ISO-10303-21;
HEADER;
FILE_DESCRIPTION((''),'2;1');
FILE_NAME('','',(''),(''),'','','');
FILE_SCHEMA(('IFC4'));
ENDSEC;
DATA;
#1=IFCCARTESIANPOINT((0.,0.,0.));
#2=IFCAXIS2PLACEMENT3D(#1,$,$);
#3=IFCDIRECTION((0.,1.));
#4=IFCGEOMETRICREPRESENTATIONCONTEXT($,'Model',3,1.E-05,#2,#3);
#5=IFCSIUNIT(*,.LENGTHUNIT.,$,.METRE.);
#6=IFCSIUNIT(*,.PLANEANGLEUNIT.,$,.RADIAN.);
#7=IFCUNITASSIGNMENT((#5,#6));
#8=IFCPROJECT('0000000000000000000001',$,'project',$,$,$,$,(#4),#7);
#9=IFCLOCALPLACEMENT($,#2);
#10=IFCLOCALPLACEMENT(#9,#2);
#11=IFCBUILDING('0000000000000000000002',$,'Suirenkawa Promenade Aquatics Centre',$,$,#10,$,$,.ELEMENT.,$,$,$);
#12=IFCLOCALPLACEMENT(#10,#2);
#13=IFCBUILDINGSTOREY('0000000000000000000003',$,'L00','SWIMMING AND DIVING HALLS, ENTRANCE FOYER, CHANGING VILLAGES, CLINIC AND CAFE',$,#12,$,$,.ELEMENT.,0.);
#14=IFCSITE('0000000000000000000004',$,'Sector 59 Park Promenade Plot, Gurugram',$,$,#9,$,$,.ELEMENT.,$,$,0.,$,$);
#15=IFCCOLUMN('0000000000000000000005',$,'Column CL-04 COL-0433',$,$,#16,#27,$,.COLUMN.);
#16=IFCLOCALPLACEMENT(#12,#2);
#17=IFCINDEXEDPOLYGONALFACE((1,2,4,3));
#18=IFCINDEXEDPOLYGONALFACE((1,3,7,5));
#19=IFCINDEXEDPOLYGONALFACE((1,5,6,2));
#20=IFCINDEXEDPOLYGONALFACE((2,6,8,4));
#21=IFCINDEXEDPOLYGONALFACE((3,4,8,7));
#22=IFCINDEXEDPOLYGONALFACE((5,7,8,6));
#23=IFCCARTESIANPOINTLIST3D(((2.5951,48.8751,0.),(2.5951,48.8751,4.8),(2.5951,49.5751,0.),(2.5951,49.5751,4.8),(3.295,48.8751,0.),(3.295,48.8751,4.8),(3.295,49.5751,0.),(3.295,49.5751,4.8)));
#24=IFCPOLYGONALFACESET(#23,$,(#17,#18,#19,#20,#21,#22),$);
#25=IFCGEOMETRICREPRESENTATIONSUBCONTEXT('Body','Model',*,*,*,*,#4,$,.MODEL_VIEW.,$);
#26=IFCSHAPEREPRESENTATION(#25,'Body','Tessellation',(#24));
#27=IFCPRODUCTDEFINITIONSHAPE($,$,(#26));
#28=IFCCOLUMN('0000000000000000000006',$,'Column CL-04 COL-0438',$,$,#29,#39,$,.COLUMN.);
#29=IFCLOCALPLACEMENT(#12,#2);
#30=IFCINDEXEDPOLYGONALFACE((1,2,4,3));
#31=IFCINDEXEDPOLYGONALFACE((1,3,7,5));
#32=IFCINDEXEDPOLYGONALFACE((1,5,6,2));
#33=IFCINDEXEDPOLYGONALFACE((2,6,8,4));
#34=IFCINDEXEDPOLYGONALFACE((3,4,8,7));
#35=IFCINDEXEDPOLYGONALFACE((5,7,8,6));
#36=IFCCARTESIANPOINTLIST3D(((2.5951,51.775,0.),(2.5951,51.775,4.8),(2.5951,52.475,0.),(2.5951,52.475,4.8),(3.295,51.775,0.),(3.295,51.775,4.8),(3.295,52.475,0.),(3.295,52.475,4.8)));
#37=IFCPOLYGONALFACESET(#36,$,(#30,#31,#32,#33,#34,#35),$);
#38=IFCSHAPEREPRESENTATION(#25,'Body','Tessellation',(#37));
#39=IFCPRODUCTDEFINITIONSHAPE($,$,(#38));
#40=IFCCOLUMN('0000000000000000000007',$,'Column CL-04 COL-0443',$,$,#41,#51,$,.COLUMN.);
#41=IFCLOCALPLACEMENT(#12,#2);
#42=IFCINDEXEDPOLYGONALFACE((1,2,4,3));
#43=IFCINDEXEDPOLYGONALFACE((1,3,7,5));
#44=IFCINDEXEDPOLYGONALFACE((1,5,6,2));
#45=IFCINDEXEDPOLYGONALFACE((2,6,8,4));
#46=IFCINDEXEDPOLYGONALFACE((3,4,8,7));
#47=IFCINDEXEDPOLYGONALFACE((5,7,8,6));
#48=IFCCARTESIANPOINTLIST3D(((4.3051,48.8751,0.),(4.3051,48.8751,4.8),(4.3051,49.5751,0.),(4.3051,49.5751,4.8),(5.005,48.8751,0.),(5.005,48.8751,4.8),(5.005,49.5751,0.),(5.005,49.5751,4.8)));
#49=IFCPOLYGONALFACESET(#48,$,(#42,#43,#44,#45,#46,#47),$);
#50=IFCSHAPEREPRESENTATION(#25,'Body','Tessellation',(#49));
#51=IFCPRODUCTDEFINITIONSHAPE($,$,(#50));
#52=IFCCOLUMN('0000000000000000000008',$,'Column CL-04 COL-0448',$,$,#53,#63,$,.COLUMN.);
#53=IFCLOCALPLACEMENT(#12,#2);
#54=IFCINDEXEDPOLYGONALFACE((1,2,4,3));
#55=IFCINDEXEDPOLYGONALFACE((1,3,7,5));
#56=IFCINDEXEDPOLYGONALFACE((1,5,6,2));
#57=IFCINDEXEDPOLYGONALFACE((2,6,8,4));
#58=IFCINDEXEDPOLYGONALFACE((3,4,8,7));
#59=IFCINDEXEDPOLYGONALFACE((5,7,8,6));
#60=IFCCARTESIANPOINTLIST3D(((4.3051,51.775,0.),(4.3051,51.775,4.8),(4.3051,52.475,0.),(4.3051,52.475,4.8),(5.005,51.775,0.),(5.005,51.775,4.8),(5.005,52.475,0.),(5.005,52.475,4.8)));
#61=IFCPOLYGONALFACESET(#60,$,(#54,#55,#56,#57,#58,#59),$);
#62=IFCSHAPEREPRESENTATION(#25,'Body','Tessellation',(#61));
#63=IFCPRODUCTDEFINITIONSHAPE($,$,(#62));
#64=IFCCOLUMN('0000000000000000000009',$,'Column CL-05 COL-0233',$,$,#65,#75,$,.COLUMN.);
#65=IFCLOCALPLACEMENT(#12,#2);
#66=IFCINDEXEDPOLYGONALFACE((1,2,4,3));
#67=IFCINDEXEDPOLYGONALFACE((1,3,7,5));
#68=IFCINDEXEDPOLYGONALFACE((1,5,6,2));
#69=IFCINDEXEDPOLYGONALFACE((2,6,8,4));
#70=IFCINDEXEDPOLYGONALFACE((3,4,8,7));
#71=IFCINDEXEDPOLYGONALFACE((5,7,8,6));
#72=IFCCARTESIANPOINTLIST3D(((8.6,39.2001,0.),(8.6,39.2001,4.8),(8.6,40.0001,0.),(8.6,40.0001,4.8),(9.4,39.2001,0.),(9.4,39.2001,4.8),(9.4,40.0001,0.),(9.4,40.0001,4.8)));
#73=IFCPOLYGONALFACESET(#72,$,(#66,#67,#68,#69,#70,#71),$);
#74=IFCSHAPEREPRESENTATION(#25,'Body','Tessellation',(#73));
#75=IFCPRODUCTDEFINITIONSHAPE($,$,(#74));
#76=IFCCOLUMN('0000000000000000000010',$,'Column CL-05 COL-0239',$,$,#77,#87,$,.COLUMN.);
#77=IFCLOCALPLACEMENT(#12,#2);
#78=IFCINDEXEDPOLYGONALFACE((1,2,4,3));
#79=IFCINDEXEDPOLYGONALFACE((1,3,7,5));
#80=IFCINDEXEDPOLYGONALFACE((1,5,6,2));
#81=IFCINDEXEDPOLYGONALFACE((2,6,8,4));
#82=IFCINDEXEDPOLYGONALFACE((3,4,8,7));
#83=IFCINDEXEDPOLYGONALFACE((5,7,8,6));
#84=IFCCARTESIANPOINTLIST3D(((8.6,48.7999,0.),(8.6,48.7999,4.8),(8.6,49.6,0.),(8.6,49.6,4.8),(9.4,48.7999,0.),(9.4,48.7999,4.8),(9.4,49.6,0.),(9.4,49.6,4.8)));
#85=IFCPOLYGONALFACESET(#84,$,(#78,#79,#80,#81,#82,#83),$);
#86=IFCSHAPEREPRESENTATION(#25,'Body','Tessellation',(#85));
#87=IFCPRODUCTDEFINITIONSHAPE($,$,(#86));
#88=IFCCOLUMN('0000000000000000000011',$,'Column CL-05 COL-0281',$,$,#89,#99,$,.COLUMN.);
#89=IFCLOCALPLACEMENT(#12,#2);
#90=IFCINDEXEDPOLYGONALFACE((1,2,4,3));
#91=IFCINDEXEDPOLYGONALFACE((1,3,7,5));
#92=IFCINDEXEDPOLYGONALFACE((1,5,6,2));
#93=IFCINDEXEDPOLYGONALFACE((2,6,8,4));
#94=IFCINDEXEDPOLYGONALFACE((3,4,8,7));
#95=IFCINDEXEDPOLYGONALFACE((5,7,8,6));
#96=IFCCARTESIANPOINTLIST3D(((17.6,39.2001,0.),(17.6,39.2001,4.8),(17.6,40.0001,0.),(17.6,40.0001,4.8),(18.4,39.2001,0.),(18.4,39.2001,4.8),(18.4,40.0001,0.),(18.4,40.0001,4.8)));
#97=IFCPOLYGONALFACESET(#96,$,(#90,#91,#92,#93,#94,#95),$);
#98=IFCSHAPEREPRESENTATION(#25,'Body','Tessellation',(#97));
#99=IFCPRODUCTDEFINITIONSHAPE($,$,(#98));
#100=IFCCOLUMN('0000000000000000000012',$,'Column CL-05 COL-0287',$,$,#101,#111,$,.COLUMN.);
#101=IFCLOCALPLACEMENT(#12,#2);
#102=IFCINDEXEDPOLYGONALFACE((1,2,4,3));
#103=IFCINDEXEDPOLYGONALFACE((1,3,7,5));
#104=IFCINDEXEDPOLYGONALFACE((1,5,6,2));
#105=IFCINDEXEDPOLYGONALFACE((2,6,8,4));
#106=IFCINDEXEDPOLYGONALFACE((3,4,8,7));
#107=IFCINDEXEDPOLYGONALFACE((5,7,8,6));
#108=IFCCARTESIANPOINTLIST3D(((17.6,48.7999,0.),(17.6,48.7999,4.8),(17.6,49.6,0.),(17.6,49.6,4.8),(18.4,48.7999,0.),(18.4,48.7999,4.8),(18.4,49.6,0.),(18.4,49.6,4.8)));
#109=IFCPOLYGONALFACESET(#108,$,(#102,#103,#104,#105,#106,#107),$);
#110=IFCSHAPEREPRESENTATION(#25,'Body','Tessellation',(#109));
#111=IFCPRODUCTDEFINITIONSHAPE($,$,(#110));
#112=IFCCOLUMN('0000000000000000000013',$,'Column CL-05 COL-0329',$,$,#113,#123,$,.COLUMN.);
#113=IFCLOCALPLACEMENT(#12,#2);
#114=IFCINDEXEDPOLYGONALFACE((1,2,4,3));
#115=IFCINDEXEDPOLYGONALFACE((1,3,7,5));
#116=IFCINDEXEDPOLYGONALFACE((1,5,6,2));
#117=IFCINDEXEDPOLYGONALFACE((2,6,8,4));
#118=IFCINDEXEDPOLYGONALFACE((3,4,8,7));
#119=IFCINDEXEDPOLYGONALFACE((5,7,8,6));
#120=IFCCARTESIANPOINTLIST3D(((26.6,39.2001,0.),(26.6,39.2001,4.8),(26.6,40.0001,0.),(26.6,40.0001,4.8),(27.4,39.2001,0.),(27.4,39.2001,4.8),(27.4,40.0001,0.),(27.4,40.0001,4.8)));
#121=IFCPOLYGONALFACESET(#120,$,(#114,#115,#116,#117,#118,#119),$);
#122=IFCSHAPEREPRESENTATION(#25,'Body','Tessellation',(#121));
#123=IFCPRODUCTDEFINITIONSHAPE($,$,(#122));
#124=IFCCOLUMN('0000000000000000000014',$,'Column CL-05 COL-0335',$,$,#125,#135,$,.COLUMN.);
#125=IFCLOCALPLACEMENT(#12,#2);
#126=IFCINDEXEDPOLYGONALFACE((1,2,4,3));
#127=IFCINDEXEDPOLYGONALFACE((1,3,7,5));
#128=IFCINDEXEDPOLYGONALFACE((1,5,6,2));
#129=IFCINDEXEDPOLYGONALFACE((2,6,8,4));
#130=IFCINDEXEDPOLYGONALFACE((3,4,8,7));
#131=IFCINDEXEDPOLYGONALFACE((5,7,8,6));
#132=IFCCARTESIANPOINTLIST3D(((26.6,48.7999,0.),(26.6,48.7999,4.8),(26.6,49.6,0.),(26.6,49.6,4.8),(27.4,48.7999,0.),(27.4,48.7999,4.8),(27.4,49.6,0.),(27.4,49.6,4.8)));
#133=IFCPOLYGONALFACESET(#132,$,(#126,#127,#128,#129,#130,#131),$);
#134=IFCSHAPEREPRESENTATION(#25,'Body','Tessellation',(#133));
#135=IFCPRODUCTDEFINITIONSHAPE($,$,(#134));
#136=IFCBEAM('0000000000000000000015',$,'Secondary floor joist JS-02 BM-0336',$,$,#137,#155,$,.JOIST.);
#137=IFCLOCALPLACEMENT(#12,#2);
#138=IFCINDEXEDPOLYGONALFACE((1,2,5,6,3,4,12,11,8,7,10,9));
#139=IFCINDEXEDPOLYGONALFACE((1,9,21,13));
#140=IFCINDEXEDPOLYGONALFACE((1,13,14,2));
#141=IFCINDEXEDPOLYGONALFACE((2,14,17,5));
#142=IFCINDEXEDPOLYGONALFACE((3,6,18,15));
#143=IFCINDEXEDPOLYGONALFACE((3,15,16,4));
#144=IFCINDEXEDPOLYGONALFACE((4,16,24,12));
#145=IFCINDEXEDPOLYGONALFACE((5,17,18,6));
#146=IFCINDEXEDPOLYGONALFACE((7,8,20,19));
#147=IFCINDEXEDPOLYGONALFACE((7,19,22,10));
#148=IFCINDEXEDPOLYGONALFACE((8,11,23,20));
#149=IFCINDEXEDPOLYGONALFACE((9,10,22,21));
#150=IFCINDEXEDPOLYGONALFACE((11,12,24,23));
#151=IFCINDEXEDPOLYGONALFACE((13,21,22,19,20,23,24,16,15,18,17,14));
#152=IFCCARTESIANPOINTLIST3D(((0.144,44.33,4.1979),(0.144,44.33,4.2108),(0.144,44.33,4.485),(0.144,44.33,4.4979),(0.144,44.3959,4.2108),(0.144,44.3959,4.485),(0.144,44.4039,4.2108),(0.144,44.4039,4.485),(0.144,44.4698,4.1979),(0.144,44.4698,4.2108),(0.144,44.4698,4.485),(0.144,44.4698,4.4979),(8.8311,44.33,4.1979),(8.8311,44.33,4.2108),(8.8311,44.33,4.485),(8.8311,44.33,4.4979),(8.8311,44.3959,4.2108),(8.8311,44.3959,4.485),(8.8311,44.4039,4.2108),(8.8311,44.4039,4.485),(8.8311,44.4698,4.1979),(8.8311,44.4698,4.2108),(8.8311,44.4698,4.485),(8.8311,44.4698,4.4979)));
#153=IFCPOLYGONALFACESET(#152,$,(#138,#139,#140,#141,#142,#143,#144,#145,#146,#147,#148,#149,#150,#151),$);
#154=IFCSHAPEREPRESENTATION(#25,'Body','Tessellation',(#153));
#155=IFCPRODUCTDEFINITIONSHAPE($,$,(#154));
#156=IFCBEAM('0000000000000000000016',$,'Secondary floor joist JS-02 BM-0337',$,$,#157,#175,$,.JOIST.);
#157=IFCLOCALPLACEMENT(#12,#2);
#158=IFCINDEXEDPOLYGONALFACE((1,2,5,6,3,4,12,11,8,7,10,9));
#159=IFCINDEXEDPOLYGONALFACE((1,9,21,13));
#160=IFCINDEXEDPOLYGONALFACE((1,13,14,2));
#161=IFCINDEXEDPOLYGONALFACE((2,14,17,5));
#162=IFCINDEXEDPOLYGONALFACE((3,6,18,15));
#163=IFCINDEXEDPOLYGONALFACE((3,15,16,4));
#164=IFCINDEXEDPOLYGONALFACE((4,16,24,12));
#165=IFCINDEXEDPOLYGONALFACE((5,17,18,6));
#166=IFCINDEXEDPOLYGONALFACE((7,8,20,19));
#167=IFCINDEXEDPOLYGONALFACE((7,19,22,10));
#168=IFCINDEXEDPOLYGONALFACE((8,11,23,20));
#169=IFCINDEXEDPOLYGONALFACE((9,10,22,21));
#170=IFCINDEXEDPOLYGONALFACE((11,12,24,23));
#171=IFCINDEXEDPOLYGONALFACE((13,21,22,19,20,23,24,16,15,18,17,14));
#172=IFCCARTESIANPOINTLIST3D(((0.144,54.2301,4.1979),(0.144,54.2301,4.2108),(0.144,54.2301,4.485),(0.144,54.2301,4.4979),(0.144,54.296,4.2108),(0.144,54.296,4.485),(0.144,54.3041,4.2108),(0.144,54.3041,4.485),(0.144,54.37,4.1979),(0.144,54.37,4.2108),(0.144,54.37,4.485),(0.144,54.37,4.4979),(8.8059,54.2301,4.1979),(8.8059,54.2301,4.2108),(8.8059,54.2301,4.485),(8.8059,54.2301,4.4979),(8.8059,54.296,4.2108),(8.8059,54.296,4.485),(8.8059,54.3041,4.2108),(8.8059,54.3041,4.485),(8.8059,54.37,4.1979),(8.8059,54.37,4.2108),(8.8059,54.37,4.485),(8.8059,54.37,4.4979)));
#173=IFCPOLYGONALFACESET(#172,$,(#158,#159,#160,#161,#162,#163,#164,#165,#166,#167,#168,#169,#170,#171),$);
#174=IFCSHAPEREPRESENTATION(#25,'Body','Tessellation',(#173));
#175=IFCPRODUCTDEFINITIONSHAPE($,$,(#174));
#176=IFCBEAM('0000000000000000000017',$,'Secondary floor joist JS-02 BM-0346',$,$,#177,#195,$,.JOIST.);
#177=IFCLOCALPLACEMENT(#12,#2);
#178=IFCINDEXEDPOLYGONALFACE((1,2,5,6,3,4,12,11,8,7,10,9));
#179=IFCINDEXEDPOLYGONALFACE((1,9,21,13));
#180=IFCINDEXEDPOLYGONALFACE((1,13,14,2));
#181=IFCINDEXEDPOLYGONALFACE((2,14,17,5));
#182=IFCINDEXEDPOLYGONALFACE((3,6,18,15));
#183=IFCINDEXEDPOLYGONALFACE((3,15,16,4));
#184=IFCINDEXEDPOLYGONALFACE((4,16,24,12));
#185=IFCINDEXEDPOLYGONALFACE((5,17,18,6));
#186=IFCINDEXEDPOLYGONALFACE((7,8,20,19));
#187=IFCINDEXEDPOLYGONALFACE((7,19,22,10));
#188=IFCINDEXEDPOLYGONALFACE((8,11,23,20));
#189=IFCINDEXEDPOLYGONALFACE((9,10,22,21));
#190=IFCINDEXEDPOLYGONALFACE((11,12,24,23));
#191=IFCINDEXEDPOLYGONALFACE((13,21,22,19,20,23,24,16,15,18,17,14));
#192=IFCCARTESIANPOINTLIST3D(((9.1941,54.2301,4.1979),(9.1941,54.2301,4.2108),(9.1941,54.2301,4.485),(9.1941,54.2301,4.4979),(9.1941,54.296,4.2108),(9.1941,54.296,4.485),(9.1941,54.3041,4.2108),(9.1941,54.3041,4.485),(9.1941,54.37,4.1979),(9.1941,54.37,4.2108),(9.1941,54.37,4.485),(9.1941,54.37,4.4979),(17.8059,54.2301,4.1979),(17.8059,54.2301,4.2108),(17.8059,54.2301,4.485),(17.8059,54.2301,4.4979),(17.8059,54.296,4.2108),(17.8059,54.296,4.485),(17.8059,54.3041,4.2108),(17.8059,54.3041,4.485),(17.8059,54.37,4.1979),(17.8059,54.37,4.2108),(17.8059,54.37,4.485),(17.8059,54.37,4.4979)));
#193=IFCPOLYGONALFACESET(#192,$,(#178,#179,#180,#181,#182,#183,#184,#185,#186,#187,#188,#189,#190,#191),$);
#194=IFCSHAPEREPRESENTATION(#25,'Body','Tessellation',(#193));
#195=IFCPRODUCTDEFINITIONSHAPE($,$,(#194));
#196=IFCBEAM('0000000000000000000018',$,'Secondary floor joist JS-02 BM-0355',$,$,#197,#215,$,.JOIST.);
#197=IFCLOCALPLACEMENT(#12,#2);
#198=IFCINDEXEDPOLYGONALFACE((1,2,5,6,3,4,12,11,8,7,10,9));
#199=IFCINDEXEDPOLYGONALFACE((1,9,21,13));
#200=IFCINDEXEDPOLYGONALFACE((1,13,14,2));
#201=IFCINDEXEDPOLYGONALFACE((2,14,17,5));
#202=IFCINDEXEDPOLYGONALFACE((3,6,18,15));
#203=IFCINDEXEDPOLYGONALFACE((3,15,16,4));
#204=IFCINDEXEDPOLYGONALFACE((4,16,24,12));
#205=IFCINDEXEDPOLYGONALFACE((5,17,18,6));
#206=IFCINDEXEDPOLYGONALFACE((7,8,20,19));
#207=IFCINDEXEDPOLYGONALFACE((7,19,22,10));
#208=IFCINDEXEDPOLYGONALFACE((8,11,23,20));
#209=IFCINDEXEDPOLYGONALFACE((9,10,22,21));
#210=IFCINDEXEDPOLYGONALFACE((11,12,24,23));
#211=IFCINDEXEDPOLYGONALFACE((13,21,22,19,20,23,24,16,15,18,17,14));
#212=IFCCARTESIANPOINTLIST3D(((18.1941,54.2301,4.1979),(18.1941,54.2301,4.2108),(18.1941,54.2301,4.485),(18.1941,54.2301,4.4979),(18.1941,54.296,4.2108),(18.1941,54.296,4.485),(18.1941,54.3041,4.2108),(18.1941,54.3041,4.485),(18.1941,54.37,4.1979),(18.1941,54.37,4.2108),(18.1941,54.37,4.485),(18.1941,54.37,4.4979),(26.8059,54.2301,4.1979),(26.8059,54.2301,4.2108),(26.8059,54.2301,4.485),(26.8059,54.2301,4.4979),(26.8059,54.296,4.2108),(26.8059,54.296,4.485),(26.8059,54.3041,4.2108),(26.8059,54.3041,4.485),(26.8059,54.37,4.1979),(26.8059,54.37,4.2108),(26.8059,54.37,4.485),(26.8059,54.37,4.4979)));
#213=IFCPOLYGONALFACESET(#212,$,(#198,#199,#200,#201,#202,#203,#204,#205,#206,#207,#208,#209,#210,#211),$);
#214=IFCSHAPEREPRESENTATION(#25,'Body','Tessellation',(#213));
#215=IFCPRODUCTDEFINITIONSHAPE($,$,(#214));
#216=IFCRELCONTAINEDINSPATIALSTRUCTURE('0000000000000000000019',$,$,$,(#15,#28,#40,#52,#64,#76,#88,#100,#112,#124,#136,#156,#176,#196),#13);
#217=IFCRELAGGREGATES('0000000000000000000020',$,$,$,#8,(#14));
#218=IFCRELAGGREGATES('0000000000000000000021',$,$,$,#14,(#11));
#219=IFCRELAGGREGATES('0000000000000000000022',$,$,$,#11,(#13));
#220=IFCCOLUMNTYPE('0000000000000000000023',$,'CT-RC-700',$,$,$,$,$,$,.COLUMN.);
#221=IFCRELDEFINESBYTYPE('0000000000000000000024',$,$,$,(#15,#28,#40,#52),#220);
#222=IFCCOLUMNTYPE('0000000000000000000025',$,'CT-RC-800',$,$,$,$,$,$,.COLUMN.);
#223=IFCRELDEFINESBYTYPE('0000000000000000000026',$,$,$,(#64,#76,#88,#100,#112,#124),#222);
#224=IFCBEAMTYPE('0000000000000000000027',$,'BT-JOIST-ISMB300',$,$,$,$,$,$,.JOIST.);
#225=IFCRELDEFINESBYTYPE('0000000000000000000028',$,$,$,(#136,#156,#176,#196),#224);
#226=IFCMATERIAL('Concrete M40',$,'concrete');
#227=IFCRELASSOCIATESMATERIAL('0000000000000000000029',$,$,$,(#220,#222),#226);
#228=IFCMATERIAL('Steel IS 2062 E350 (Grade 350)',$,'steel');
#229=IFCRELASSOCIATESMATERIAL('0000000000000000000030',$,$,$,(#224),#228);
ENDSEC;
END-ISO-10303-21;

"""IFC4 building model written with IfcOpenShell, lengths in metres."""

from ifc_helpers import new_model, si_unit, direction, frame, origin, origin_2d, place, context, subcontext, project, spatial, rectangle, i_section, extrude, material, material_profile, profile_set, type_object, element, save


model = new_model("IFC4")

# Units and contexts
model_context = context("Model", 3, precision=1e-05, world=origin(), true_north=direction((0.0, 1.0)))
body_context = subcontext(model_context, "Body", "Model", "MODEL_VIEW")
ifc_project = project(units=[si_unit("LENGTHUNIT", "METRE"), si_unit("PLANEANGLEUNIT", "RADIAN")], contexts=[model_context])

# Site, building, storey
site_placement = place(None, origin())
site = spatial("IfcSite", under=ifc_project, at=site_placement, Name="Sector 59 Park Promenade Plot, Gurugram", CompositionType="ELEMENT", RefElevation=0.0)
building_placement = place(site_placement, origin())
building = spatial("IfcBuilding", under=site, at=building_placement, Name="Suirenkawa Promenade Aquatics Centre", CompositionType="ELEMENT")
storey_placement = place(building_placement, origin())
storey = spatial("IfcBuildingStorey", under=building, at=storey_placement, Name="L00", Description="SWIMMING AND DIVING HALLS, ENTRANCE FOYER, CHANGING VILLAGES, CLINIC AND CAFE", CompositionType="ELEMENT", Elevation=0.0)

# Columns
ifc_material_1 = material(Name="Concrete M40", Category="concrete")
ifc_material_profile_1 = material_profile(ifc_material_1, rectangle(XDim=0.7, YDim=0.7, at=origin_2d()), Name="RC COL 700x700", Category="concrete")
ifc_profile_set_1 = profile_set([ifc_material_profile_1], Name="Concrete M40")
column_type_1 = type_object("IfcColumnType", Name="CT-RC-700", PredefinedType="COLUMN", material=ifc_profile_set_1)
for number, where, z_axis, x_axis, name in (
    (1, (2.9451, 49.2251, 0.0), (0.0, 0.0, 1.0), (1.0, 0.0, 0.0), "Column CL-04 COL-0433"),
    (2, (2.9451, 52.125, 0.0), (0.0, 0.0, 1.0), (1.0, 0.0, 0.0), "Column CL-04 COL-0438"),
    (3, (4.655, 49.2251, 0.0), (0.0, 0.0, 1.0), (1.0, 0.0, 0.0), "Column CL-04 COL-0443"),
    (4, (4.655, 52.125, 0.0), (0.0, 0.0, 1.0), (1.0, 0.0, 0.0), "Column CL-04 COL-0448"),
):
    element("IfcColumn", number, at=place(storey_placement, frame(where, z_axis=z_axis, x_axis=x_axis)), inside=storey, type_object=column_type_1, Name=name, PredefinedType="COLUMN", context=body_context, shape_type="SweptSolid", body=[
        extrude(rectangle(XDim=0.7, YDim=0.7, at=origin_2d()), origin(), (0.0, 0.0, 1.0), 4.8),
    ])
ifc_material_profile_2 = material_profile(ifc_material_1, rectangle(XDim=0.8, YDim=0.8, at=origin_2d()), Name="RC COL 800x800", Category="concrete")
ifc_profile_set_2 = profile_set([ifc_material_profile_2], Name="Concrete M40")
column_type_2 = type_object("IfcColumnType", Name="CT-RC-800", PredefinedType="COLUMN", material=ifc_profile_set_2)
for number, where, z_axis, x_axis, name in (
    (5, (9.0, 39.6001, 0.0), (0.0, 0.0, 1.0), (1.0, 0.0, 0.0), "Column CL-05 COL-0233"),
    (6, (9.0, 49.2, 0.0), (0.0, 0.0, 1.0), (1.0, 0.0, 0.0), "Column CL-05 COL-0239"),
    (7, (18.0, 39.6001, 0.0), (0.0, 0.0, 1.0), (1.0, 0.0, 0.0), "Column CL-05 COL-0281"),
    (8, (18.0, 49.2, 0.0), (0.0, 0.0, 1.0), (1.0, 0.0, 0.0), "Column CL-05 COL-0287"),
    (9, (27.0, 39.6001, 0.0), (0.0, 0.0, 1.0), (1.0, 0.0, 0.0), "Column CL-05 COL-0329"),
    (10, (27.0, 49.2, 0.0), (0.0, 0.0, 1.0), (1.0, 0.0, 0.0), "Column CL-05 COL-0335"),
):
    element("IfcColumn", number, at=place(storey_placement, frame(where, z_axis=z_axis, x_axis=x_axis)), inside=storey, type_object=column_type_2, Name=name, PredefinedType="COLUMN", context=body_context, shape_type="SweptSolid", body=[
        extrude(rectangle(XDim=0.8, YDim=0.8, at=origin_2d()), origin(), (0.0, 0.0, 1.0), 4.8),
    ])

# Beams
ifc_material_2 = material(Name="Steel IS 2062 E350 (Grade 350)", Category="steel")
ifc_material_profile_3 = material_profile(ifc_material_2, i_section(OverallWidth=0.1399, OverallDepth=0.3, WebThickness=0.0081, FlangeThickness=0.0129, at=origin_2d()), Name="ISMB 300", Category="steel")
ifc_profile_set_3 = profile_set([ifc_material_profile_3], Name="Steel IS 2062 E350 (Grade 350)")
beam_type_1 = type_object("IfcBeamType", Name="BT-JOIST-ISMB300", PredefinedType="JOIST", material=ifc_profile_set_3)
beam_1_placement = place(storey_placement, frame((0.144, 44.3999, 4.3479), z_axis=(1.0, 0.0, 0.0), x_axis=(0.0, 1.0, 0.0)))
element("IfcBeam", 11, at=beam_1_placement, inside=storey, type_object=beam_type_1, Name="Secondary floor joist JS-02 BM-0336", PredefinedType="JOIST", context=body_context, shape_type="SweptSolid", body=[
    extrude(i_section(OverallWidth=0.1399, OverallDepth=0.3, WebThickness=0.0081, FlangeThickness=0.0129, at=origin_2d()), origin(), (0.0, 0.0, 1.0), 8.687),
])
beam_2_placement = place(storey_placement, frame((0.144, 54.3, 4.3479), z_axis=(1.0, 0.0, 0.0), x_axis=(0.0, 1.0, 0.0)))
element("IfcBeam", 12, at=beam_2_placement, inside=storey, type_object=beam_type_1, Name="Secondary floor joist JS-02 BM-0337", PredefinedType="JOIST", context=body_context, shape_type="SweptSolid", body=[
    extrude(i_section(OverallWidth=0.1399, OverallDepth=0.3, WebThickness=0.0081, FlangeThickness=0.0129, at=origin_2d()), origin(), (0.0, 0.0, 1.0), 8.6619),
])
for number, where, z_axis, x_axis, name in (
    (13, (9.1941, 54.3, 4.3479), (1.0, 0.0, 0.0), (0.0, 1.0, 0.0), "Secondary floor joist JS-02 BM-0346"),
    (14, (18.1941, 54.3, 4.3479), (1.0, 0.0, 0.0), (0.0, 1.0, 0.0), "Secondary floor joist JS-02 BM-0355"),
):
    element("IfcBeam", number, at=place(storey_placement, frame(where, z_axis=z_axis, x_axis=x_axis)), inside=storey, type_object=beam_type_1, Name=name, PredefinedType="JOIST", context=body_context, shape_type="SweptSolid", body=[
        extrude(i_section(OverallWidth=0.1399, OverallDepth=0.3, WebThickness=0.0081, FlangeThickness=0.0129, at=origin_2d()), origin(), (0.0, 0.0, 1.0), 8.6118),
    ])

save(model, "model.ifc")
